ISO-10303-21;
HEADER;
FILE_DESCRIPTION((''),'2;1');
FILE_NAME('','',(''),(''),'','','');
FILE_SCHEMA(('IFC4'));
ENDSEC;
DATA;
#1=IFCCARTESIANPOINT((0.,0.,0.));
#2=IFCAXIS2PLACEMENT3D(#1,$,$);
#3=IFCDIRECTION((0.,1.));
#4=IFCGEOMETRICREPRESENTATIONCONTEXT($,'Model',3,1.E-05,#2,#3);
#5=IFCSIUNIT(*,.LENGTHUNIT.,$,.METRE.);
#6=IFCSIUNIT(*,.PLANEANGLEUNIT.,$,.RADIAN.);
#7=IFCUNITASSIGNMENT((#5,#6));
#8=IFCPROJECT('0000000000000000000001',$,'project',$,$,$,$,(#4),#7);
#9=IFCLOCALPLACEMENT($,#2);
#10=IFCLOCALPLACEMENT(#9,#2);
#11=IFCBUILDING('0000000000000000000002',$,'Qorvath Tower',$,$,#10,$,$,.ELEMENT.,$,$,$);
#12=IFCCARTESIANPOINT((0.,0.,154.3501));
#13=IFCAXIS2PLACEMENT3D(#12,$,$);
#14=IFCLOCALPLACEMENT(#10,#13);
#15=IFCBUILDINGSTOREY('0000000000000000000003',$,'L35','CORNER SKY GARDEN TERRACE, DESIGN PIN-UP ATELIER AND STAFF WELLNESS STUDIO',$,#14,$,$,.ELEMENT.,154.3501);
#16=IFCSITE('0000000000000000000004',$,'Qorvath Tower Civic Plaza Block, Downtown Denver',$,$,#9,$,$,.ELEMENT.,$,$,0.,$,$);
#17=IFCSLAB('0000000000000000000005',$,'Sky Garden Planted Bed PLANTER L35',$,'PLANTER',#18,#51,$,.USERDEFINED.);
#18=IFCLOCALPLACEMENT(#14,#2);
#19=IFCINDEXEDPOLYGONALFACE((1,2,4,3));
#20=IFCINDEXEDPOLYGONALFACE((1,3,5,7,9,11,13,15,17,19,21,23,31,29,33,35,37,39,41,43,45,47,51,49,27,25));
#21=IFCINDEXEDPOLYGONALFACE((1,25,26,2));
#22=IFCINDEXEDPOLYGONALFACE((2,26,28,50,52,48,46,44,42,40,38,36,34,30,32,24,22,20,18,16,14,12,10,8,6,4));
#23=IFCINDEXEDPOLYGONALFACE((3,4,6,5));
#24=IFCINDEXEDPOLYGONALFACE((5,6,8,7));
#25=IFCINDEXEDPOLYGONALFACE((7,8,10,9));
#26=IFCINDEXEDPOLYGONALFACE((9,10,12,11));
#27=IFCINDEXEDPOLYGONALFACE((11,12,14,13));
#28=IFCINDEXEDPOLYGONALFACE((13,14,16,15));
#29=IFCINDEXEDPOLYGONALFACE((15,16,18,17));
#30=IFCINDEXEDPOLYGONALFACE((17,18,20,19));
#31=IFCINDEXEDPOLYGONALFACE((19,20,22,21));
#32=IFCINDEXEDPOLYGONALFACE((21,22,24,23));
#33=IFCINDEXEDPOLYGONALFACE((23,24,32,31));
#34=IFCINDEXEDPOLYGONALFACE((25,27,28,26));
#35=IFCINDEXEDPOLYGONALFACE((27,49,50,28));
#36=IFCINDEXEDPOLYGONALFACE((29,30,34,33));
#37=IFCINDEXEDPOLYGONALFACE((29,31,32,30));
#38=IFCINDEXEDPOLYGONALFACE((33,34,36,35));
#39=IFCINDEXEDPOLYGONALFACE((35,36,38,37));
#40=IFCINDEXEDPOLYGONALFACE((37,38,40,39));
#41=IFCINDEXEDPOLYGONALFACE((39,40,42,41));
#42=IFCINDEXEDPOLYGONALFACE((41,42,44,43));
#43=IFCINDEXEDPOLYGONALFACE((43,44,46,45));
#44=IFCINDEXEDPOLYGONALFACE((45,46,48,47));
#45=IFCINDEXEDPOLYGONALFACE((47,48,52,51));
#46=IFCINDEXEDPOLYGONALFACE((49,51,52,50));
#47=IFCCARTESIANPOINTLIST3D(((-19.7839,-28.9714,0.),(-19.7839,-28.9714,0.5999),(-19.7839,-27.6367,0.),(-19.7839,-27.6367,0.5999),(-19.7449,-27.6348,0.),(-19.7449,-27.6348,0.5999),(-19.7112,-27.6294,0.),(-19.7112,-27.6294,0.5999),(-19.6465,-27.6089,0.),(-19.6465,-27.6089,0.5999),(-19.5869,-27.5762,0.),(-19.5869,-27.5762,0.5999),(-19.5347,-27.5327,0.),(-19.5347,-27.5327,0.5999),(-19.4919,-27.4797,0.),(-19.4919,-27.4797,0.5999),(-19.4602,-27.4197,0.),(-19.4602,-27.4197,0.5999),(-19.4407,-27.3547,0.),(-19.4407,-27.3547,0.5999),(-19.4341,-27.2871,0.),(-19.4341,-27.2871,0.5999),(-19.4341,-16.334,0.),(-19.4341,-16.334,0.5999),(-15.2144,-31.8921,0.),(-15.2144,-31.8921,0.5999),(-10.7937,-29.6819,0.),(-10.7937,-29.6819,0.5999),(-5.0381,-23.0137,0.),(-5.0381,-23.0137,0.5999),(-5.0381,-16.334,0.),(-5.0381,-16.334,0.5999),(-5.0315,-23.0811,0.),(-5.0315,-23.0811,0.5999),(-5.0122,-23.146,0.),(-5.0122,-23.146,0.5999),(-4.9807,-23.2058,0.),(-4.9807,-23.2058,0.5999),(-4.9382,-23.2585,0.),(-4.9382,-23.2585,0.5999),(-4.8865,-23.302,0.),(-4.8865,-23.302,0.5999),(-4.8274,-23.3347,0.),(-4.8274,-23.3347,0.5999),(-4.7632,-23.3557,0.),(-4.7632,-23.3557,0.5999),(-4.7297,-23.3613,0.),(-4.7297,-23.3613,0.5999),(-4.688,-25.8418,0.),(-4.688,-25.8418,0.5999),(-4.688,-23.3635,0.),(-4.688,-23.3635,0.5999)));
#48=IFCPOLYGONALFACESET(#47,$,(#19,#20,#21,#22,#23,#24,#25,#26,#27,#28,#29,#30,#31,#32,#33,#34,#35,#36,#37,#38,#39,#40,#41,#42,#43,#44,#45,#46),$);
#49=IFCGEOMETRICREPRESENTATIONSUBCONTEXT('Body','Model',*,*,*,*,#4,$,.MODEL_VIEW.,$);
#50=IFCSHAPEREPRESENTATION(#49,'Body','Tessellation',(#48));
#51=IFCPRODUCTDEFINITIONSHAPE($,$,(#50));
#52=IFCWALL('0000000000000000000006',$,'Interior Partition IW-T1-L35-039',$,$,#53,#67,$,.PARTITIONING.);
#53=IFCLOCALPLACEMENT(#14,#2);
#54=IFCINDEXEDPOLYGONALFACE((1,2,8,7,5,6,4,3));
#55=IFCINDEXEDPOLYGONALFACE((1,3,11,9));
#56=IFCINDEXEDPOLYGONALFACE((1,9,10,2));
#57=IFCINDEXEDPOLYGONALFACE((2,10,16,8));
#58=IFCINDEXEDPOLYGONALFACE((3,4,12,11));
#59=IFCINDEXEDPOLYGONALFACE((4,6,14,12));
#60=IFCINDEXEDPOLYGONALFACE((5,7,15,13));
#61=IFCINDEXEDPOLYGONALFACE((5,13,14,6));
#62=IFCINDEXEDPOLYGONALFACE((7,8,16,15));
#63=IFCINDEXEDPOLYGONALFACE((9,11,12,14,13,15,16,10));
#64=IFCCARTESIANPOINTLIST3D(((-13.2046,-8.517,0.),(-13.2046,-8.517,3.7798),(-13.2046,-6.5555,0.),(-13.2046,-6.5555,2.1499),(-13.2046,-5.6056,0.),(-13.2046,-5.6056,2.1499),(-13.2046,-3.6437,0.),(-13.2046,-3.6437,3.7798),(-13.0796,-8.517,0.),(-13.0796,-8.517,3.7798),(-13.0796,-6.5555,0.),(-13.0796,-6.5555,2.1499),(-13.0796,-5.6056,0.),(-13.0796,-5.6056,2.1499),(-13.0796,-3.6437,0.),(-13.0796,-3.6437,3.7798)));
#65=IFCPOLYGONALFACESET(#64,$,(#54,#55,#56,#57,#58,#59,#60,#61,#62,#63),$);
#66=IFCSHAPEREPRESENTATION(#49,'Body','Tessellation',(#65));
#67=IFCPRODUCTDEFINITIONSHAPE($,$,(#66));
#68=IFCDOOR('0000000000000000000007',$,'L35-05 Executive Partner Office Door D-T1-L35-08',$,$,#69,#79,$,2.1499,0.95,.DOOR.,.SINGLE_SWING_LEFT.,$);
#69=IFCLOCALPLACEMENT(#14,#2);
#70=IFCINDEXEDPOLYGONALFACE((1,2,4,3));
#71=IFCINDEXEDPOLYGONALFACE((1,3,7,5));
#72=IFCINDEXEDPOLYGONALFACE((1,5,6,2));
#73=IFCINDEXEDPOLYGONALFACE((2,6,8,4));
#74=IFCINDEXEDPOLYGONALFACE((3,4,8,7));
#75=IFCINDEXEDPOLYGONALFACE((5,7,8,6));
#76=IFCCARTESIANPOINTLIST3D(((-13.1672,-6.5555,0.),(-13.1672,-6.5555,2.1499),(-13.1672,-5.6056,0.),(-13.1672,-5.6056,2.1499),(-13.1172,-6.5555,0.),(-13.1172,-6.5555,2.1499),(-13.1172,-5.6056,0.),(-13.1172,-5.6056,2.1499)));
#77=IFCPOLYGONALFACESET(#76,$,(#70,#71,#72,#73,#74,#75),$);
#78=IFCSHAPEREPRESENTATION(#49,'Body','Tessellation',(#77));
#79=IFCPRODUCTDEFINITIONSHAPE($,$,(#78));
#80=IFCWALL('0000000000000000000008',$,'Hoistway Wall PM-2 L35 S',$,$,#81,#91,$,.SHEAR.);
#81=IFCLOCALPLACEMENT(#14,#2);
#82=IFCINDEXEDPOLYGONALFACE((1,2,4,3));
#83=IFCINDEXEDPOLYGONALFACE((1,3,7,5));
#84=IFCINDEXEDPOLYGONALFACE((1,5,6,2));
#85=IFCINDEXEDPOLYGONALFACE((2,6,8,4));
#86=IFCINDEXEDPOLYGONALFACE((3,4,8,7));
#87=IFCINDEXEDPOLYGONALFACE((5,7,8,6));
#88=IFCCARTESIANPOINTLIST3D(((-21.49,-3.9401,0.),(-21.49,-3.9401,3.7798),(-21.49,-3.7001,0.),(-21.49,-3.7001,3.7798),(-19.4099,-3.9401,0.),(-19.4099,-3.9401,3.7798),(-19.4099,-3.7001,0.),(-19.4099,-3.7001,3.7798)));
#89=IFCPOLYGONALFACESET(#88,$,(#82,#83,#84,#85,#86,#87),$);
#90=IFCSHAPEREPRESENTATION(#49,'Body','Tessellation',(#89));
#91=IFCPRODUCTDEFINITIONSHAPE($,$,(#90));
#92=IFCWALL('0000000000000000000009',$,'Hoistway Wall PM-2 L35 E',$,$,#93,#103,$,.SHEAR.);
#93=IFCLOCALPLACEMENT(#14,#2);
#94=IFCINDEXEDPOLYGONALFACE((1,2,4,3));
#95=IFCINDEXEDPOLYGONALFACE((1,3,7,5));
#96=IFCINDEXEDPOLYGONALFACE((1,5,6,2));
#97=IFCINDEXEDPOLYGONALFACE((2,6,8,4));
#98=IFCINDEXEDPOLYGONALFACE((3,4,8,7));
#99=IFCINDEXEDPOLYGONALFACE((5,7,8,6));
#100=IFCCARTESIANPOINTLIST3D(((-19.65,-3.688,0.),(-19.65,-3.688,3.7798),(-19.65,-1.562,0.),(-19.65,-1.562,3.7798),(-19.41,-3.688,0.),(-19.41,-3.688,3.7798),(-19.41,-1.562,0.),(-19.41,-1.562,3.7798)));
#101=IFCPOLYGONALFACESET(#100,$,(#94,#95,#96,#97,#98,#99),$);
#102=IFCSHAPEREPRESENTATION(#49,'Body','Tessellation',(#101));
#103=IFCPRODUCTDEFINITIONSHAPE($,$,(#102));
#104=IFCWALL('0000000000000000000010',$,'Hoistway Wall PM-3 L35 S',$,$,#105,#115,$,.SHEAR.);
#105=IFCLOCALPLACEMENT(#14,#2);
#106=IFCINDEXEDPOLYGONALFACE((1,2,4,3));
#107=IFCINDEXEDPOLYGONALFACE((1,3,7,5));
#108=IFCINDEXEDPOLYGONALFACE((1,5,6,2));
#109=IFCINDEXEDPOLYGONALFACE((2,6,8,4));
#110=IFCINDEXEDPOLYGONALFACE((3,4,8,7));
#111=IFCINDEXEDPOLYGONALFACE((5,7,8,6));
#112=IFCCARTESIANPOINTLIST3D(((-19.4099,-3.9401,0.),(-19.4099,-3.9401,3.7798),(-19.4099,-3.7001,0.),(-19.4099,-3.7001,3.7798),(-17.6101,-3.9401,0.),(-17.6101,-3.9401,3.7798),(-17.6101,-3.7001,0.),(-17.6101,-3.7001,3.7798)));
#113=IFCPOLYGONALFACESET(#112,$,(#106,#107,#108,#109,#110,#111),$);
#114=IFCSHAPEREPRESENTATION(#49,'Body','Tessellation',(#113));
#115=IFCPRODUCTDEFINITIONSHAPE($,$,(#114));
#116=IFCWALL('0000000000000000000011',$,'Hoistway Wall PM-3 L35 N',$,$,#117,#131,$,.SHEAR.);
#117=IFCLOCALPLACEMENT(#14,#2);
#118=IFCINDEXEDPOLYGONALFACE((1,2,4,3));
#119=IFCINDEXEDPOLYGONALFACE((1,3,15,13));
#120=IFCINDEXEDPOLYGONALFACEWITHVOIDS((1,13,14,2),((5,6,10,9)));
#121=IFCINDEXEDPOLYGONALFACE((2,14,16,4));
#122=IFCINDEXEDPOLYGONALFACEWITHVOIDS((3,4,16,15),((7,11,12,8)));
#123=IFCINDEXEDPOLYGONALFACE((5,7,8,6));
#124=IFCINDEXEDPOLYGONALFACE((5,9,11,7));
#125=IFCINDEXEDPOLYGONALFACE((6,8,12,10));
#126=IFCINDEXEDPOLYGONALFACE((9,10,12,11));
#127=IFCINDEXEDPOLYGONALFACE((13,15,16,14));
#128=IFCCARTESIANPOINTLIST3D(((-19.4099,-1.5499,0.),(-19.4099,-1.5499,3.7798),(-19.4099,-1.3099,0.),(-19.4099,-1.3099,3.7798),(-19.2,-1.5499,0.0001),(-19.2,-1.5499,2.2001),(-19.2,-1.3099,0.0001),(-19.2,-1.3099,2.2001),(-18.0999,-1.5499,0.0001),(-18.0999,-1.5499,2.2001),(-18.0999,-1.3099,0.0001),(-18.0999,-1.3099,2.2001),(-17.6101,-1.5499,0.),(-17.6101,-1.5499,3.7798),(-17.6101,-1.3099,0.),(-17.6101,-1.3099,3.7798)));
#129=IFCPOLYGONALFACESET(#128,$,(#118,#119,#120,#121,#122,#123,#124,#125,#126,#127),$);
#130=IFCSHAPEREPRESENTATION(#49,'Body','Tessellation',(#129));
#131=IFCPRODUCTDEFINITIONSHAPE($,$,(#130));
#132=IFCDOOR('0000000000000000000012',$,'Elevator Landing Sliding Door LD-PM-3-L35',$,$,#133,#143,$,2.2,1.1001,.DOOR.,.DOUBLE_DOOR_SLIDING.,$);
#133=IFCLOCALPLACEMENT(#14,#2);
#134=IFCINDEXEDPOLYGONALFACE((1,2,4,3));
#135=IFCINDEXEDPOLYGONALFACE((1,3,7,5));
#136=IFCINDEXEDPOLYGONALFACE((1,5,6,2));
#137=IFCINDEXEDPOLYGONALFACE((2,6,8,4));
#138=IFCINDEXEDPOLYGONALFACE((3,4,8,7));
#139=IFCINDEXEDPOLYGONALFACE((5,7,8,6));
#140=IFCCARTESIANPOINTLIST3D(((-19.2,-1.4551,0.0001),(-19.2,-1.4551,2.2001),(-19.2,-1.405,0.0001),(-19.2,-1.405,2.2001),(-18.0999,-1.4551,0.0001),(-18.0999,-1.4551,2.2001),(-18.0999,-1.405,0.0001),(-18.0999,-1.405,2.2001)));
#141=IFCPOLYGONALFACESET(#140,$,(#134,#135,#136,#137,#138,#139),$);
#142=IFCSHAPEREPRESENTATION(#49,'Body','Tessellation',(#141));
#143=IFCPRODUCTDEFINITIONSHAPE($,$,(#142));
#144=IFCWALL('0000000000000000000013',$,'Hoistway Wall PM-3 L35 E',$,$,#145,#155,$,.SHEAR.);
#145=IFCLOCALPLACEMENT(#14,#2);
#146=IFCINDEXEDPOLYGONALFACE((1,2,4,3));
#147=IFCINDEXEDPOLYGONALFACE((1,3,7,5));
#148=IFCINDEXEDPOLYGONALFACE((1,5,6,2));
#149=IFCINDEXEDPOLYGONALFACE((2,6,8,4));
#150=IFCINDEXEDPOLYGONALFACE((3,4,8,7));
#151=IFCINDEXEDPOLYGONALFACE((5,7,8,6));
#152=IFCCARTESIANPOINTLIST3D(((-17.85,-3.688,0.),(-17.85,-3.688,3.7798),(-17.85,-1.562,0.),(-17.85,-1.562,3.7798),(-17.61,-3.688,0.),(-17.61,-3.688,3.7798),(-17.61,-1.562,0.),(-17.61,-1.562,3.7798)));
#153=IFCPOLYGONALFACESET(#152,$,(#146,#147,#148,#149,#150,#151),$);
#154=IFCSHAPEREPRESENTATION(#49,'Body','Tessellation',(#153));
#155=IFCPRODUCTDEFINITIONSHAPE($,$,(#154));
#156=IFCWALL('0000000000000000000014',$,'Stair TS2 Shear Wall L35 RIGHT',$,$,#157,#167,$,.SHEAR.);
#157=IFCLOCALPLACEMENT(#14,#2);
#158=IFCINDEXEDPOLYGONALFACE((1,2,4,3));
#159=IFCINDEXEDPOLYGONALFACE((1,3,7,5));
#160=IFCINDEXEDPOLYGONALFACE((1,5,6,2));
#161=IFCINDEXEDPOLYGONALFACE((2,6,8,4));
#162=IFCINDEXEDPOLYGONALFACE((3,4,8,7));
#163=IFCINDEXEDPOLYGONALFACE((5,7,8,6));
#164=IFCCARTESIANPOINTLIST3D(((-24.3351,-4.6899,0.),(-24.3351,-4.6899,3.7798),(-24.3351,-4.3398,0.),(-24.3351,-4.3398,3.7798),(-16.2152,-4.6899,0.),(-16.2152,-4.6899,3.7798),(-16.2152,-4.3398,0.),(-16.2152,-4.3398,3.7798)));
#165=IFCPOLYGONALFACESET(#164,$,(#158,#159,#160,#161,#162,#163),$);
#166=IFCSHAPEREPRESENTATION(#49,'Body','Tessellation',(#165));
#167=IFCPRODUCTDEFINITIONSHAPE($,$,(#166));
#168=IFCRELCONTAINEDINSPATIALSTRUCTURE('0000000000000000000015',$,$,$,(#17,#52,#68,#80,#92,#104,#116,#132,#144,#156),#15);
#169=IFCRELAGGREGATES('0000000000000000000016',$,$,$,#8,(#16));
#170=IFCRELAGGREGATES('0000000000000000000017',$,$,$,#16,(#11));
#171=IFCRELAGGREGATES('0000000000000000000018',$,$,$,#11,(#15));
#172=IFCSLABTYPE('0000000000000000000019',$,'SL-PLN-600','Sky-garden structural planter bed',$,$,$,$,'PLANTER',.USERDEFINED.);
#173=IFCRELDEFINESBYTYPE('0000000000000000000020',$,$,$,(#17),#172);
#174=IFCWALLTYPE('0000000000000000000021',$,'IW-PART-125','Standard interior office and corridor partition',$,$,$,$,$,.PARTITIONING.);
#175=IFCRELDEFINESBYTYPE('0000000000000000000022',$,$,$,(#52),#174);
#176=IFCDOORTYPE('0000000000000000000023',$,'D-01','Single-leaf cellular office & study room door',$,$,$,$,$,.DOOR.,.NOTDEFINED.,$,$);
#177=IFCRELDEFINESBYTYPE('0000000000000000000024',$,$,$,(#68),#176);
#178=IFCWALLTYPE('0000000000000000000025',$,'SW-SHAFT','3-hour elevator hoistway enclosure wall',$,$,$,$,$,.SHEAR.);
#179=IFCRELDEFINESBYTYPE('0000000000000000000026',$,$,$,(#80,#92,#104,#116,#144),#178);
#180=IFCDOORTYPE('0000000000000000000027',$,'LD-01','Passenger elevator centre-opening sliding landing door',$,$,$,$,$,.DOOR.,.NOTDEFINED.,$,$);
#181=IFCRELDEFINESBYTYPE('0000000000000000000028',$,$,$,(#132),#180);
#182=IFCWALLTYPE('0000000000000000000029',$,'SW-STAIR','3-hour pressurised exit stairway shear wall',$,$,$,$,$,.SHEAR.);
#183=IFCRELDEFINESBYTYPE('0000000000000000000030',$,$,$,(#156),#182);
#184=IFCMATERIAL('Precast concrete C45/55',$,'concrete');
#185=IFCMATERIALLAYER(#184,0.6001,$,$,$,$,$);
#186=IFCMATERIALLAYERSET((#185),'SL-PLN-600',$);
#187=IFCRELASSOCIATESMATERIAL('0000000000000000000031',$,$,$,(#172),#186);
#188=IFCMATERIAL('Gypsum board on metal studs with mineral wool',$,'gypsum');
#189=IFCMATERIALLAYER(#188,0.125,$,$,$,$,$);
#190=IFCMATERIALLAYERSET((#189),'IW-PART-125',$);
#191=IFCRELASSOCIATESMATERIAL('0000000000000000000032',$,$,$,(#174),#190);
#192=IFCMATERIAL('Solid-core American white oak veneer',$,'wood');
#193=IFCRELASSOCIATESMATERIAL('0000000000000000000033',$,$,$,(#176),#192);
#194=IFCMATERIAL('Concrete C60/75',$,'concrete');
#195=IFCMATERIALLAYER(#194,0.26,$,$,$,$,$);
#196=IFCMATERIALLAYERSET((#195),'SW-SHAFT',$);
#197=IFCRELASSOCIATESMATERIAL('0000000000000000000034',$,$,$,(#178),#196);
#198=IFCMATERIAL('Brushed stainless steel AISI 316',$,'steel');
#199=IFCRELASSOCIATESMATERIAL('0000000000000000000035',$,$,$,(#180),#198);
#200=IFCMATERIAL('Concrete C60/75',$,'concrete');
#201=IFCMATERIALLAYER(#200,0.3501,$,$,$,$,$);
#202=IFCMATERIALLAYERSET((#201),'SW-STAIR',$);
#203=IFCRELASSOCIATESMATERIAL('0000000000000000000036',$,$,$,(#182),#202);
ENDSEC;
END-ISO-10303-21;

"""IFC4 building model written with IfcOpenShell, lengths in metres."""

from ifc_helpers import new_model, si_unit, direction, frame, frame_2d, origin, place, context, subcontext, project, spatial, polyline, rectangle, outline, extrude, material, layer, layer_set, type_object, element, fill, save


model = new_model("IFC4")

# Units and contexts
model_context = context("Model", 3, precision=1e-05, world=origin(), true_north=direction((0.0, 1.0)))
body_context = subcontext(model_context, "Body", "Model", "MODEL_VIEW")
ifc_project = project(units=[si_unit("LENGTHUNIT", "METRE"), si_unit("PLANEANGLEUNIT", "RADIAN")], contexts=[model_context])

# Site, building, storey
site_placement = place(None, origin())
site = spatial("IfcSite", under=ifc_project, at=site_placement, Name="Qorvath Tower Civic Plaza Block, Downtown Denver", CompositionType="ELEMENT", RefElevation=0.0)
building_placement = place(site_placement, origin())
building = spatial("IfcBuilding", under=site, at=building_placement, Name="Qorvath Tower", CompositionType="ELEMENT")
storey_placement = place(building_placement, frame((0.0, 0.0, 154.3501)))
storey = spatial("IfcBuildingStorey", under=building, at=storey_placement, Name="L35", Description="CORNER SKY GARDEN TERRACE, DESIGN PIN-UP ATELIER AND STAFF WELLNESS STUDIO", CompositionType="ELEMENT", Elevation=154.3501)

# Slab
ifc_material_1 = material(Name="Precast concrete C45/55", Category="concrete")
ifc_layer_1 = layer(ifc_material_1, 0.6001)
ifc_layer_set_1 = layer_set([ifc_layer_1], Name="SL-PLN-600")
slab_type_1 = type_object("IfcSlabType", Name="SL-PLN-600", Description="Sky-garden structural planter bed", ElementType="PLANTER", PredefinedType="USERDEFINED", material=ifc_layer_set_1)
slab_1_placement = place(storey_placement, origin())
element("IfcSlab", 1, at=slab_1_placement, inside=storey, type_object=slab_type_1, Name="Sky Garden Planted Bed PLANTER L35", ObjectType="PLANTER", PredefinedType="USERDEFINED", context=body_context, shape_type="SweptSolid", body=[
    extrude(outline(polyline([(-19.7839, -28.9714), (-15.2144, -31.8921), (-10.7937, -29.6819), (-4.688, -25.8418), (-4.688, -23.3635), (-4.7297, -23.3613), (-4.7632, -23.3557), (-4.8274, -23.3347), (-4.8865, -23.302), (-4.9382, -23.2585), (-4.9807, -23.2058), (-5.0122, -23.146), (-5.0315, -23.0811), (-5.0381, -23.0137), (-5.0381, -16.334), (-19.4341, -16.334), (-19.4341, -27.2871), (-19.4407, -27.3547), (-19.4602, -27.4197), (-19.4919, -27.4797), (-19.5347, -27.5327), (-19.5869, -27.5762), (-19.6465, -27.6089), (-19.7112, -27.6294), (-19.7449, -27.6348), (-19.7839, -27.6367), (-19.7839, -28.9714)])), origin(), (0.0, 0.0, 1.0), 0.5999),
])

# Wall, opening, door
ifc_material_2 = material(Name="Gypsum board on metal studs with mineral wool", Category="gypsum")
ifc_layer_2 = layer(ifc_material_2, 0.125)
ifc_layer_set_2 = layer_set([ifc_layer_2], Name="IW-PART-125")
wall_type_1 = type_object("IfcWallType", Name="IW-PART-125", Description="Standard interior office and corridor partition", PredefinedType="PARTITIONING", material=ifc_layer_set_2)
wall_1_placement = place(storey_placement, frame((-13.1421, -3.6438, 0.0), z_axis=(0.0, 0.0, 1.0), x_axis=(0.0, -1.0, 0.0)))
wall_1 = element("IfcWall", 2, at=wall_1_placement, inside=storey, type_object=wall_type_1, Name="Interior Partition IW-T1-L35-039", PredefinedType="PARTITIONING", context=body_context, shape_type="SweptSolid", body=[
    extrude(rectangle(XDim=4.8733, YDim=0.125, at=frame_2d((2.4365, 0.0))), origin(), (0.0, 0.0, 1.0), 3.7798),
])
opening_1_placement = place(wall_1_placement, frame((1.9617, 0.0, 0.0)))
opening_1 = element("IfcOpeningElement", 3, at=opening_1_placement, cuts=wall_1, PredefinedType="OPENING", context=body_context, shape_type="SweptSolid", body=[
    extrude(rectangle(XDim=0.95, YDim=2.1499, at=frame_2d((0.4751, 1.075))), frame((0.0, 0.0725, 0.0), z_axis=(0.0, -1.0, 0.0), x_axis=(1.0, 0.0, 0.0)), (0.0, 0.0, 1.0), 0.145),
])
ifc_material_3 = material(Name="Solid-core American white oak veneer", Category="wood")
door_type_1 = type_object("IfcDoorType", Name="D-01", Description="Single-leaf cellular office & study room door", OperationType="NOTDEFINED", PredefinedType="DOOR", material=ifc_material_3)
door_1_placement = place(opening_1_placement, origin())
door_1 = element("IfcDoor", 4, at=door_1_placement, inside=storey, type_object=door_type_1, Name="L35-05 Executive Partner Office Door D-T1-L35-08", OperationType="SINGLE_SWING_LEFT", OverallHeight=2.1499, OverallWidth=0.95, PredefinedType="DOOR", context=body_context, shape_type="SweptSolid", body=[
    extrude(rectangle(XDim=0.95, YDim=2.1499, at=frame_2d((0.4751, 1.075))), frame((0.0, 0.0249, 0.0), z_axis=(0.0, -1.0, 0.0), x_axis=(1.0, 0.0, 0.0)), (0.0, 0.0, 1.0), 0.05),
])
fill(opening_1, door_1)

# Walls
ifc_material_4 = material(Name="Concrete C60/75", Category="concrete")
ifc_layer_3 = layer(ifc_material_4, 0.26)
ifc_layer_set_3 = layer_set([ifc_layer_3], Name="SW-SHAFT")
wall_type_2 = type_object("IfcWallType", Name="SW-SHAFT", Description="3-hour elevator hoistway enclosure wall", PredefinedType="SHEAR", material=ifc_layer_set_3)
wall_2_placement = place(storey_placement, frame((-19.4099, -3.8201, 0.0), z_axis=(0.0, 0.0, 1.0), x_axis=(-1.0, 0.0, 0.0)))
element("IfcWall", 5, at=wall_2_placement, inside=storey, type_object=wall_type_2, Name="Hoistway Wall PM-2 L35 S", PredefinedType="SHEAR", context=body_context, shape_type="SweptSolid", body=[
    extrude(rectangle(XDim=2.0801, YDim=0.24, at=frame_2d((1.04, 0.0))), origin(), (0.0, 0.0, 1.0), 3.7798),
])
wall_3_placement = place(storey_placement, frame((-19.53, -1.562, 0.0), z_axis=(0.0, 0.0, 1.0), x_axis=(0.0, -1.0, 0.0)))
element("IfcWall", 6, at=wall_3_placement, inside=storey, type_object=wall_type_2, Name="Hoistway Wall PM-2 L35 E", PredefinedType="SHEAR", context=body_context, shape_type="SweptSolid", body=[
    extrude(rectangle(XDim=2.126, YDim=0.24, at=frame_2d((1.063, 0.0))), origin(), (0.0, 0.0, 1.0), 3.7798),
])
wall_4_placement = place(storey_placement, frame((-17.6101, -3.8201, 0.0), z_axis=(0.0, 0.0, 1.0), x_axis=(-1.0, 0.0, 0.0)))
element("IfcWall", 7, at=wall_4_placement, inside=storey, type_object=wall_type_2, Name="Hoistway Wall PM-3 L35 S", PredefinedType="SHEAR", context=body_context, shape_type="SweptSolid", body=[
    extrude(rectangle(XDim=1.7998, YDim=0.24, at=frame_2d((0.8999, 0.0))), origin(), (0.0, 0.0, 1.0), 3.7798),
])

# Wall, opening, door
wall_5_placement = place(storey_placement, frame((-19.4099, -1.4299, 0.0), z_axis=(0.0, 0.0, 1.0), x_axis=(1.0, 0.0, 0.0)))
wall_5 = element("IfcWall", 8, at=wall_5_placement, inside=storey, type_object=wall_type_2, Name="Hoistway Wall PM-3 L35 N", PredefinedType="SHEAR", context=body_context, shape_type="SweptSolid", body=[
    extrude(rectangle(XDim=1.7998, YDim=0.24, at=frame_2d((0.8999, 0.0))), origin(), (0.0, 0.0, 1.0), 3.7798),
])
opening_2_placement = place(wall_5_placement, frame((0.21, 0.0, 0.0)))
opening_2 = element("IfcOpeningElement", 9, at=opening_2_placement, cuts=wall_5, PredefinedType="OPENING", context=body_context, shape_type="SweptSolid", body=[
    extrude(rectangle(XDim=1.1001, YDim=2.2, at=frame_2d((0.55, 1.1001))), frame((0.0, 0.1299, 0.0), z_axis=(0.0, -1.0, 0.0), x_axis=(1.0, 0.0, 0.0)), (0.0, 0.0, 1.0), 0.26),
])
ifc_material_5 = material(Name="Brushed stainless steel AISI 316", Category="steel")
door_type_2 = type_object("IfcDoorType", Name="LD-01", Description="Passenger elevator centre-opening sliding landing door", OperationType="NOTDEFINED", PredefinedType="DOOR", material=ifc_material_5)
door_2_placement = place(opening_2_placement, origin())
door_2 = element("IfcDoor", 10, at=door_2_placement, inside=storey, type_object=door_type_2, Name="Elevator Landing Sliding Door LD-PM-3-L35", OperationType="DOUBLE_DOOR_SLIDING", OverallHeight=2.2, OverallWidth=1.1001, PredefinedType="DOOR", context=body_context, shape_type="SweptSolid", body=[
    extrude(rectangle(XDim=1.1001, YDim=2.2, at=frame_2d((0.55, 1.1001))), frame((0.0, 0.0249, 0.0), z_axis=(0.0, -1.0, 0.0), x_axis=(1.0, 0.0, 0.0)), (0.0, 0.0, 1.0), 0.05),
])
fill(opening_2, door_2)

# Walls
wall_6_placement = place(storey_placement, frame((-17.73, -1.562, 0.0), z_axis=(0.0, 0.0, 1.0), x_axis=(0.0, -1.0, 0.0)))
element("IfcWall", 11, at=wall_6_placement, inside=storey, type_object=wall_type_2, Name="Hoistway Wall PM-3 L35 E", PredefinedType="SHEAR", context=body_context, shape_type="SweptSolid", body=[
    extrude(rectangle(XDim=2.126, YDim=0.24, at=frame_2d((1.063, 0.0))), origin(), (0.0, 0.0, 1.0), 3.7798),
])
ifc_material_6 = material(Name="Concrete C60/75", Category="concrete")
ifc_layer_4 = layer(ifc_material_6, 0.3501)
ifc_layer_set_4 = layer_set([ifc_layer_4], Name="SW-STAIR")
wall_type_3 = type_object("IfcWallType", Name="SW-STAIR", Description="3-hour pressurised exit stairway shear wall", PredefinedType="SHEAR", material=ifc_layer_set_4)
wall_7_placement = place(storey_placement, frame((-16.2151, -4.5149, 0.0), z_axis=(0.0, 0.0, 1.0), x_axis=(-1.0, 0.0, 0.0)))
element("IfcWall", 12, at=wall_7_placement, inside=storey, type_object=wall_type_3, Name="Stair TS2 Shear Wall L35 RIGHT", PredefinedType="SHEAR", context=body_context, shape_type="SweptSolid", body=[
    extrude(rectangle(XDim=8.1199, YDim=0.3501, at=frame_2d((4.0601, 0.0))), origin(), (0.0, 0.0, 1.0), 3.7798),
])

save(model, "model.ifc")
